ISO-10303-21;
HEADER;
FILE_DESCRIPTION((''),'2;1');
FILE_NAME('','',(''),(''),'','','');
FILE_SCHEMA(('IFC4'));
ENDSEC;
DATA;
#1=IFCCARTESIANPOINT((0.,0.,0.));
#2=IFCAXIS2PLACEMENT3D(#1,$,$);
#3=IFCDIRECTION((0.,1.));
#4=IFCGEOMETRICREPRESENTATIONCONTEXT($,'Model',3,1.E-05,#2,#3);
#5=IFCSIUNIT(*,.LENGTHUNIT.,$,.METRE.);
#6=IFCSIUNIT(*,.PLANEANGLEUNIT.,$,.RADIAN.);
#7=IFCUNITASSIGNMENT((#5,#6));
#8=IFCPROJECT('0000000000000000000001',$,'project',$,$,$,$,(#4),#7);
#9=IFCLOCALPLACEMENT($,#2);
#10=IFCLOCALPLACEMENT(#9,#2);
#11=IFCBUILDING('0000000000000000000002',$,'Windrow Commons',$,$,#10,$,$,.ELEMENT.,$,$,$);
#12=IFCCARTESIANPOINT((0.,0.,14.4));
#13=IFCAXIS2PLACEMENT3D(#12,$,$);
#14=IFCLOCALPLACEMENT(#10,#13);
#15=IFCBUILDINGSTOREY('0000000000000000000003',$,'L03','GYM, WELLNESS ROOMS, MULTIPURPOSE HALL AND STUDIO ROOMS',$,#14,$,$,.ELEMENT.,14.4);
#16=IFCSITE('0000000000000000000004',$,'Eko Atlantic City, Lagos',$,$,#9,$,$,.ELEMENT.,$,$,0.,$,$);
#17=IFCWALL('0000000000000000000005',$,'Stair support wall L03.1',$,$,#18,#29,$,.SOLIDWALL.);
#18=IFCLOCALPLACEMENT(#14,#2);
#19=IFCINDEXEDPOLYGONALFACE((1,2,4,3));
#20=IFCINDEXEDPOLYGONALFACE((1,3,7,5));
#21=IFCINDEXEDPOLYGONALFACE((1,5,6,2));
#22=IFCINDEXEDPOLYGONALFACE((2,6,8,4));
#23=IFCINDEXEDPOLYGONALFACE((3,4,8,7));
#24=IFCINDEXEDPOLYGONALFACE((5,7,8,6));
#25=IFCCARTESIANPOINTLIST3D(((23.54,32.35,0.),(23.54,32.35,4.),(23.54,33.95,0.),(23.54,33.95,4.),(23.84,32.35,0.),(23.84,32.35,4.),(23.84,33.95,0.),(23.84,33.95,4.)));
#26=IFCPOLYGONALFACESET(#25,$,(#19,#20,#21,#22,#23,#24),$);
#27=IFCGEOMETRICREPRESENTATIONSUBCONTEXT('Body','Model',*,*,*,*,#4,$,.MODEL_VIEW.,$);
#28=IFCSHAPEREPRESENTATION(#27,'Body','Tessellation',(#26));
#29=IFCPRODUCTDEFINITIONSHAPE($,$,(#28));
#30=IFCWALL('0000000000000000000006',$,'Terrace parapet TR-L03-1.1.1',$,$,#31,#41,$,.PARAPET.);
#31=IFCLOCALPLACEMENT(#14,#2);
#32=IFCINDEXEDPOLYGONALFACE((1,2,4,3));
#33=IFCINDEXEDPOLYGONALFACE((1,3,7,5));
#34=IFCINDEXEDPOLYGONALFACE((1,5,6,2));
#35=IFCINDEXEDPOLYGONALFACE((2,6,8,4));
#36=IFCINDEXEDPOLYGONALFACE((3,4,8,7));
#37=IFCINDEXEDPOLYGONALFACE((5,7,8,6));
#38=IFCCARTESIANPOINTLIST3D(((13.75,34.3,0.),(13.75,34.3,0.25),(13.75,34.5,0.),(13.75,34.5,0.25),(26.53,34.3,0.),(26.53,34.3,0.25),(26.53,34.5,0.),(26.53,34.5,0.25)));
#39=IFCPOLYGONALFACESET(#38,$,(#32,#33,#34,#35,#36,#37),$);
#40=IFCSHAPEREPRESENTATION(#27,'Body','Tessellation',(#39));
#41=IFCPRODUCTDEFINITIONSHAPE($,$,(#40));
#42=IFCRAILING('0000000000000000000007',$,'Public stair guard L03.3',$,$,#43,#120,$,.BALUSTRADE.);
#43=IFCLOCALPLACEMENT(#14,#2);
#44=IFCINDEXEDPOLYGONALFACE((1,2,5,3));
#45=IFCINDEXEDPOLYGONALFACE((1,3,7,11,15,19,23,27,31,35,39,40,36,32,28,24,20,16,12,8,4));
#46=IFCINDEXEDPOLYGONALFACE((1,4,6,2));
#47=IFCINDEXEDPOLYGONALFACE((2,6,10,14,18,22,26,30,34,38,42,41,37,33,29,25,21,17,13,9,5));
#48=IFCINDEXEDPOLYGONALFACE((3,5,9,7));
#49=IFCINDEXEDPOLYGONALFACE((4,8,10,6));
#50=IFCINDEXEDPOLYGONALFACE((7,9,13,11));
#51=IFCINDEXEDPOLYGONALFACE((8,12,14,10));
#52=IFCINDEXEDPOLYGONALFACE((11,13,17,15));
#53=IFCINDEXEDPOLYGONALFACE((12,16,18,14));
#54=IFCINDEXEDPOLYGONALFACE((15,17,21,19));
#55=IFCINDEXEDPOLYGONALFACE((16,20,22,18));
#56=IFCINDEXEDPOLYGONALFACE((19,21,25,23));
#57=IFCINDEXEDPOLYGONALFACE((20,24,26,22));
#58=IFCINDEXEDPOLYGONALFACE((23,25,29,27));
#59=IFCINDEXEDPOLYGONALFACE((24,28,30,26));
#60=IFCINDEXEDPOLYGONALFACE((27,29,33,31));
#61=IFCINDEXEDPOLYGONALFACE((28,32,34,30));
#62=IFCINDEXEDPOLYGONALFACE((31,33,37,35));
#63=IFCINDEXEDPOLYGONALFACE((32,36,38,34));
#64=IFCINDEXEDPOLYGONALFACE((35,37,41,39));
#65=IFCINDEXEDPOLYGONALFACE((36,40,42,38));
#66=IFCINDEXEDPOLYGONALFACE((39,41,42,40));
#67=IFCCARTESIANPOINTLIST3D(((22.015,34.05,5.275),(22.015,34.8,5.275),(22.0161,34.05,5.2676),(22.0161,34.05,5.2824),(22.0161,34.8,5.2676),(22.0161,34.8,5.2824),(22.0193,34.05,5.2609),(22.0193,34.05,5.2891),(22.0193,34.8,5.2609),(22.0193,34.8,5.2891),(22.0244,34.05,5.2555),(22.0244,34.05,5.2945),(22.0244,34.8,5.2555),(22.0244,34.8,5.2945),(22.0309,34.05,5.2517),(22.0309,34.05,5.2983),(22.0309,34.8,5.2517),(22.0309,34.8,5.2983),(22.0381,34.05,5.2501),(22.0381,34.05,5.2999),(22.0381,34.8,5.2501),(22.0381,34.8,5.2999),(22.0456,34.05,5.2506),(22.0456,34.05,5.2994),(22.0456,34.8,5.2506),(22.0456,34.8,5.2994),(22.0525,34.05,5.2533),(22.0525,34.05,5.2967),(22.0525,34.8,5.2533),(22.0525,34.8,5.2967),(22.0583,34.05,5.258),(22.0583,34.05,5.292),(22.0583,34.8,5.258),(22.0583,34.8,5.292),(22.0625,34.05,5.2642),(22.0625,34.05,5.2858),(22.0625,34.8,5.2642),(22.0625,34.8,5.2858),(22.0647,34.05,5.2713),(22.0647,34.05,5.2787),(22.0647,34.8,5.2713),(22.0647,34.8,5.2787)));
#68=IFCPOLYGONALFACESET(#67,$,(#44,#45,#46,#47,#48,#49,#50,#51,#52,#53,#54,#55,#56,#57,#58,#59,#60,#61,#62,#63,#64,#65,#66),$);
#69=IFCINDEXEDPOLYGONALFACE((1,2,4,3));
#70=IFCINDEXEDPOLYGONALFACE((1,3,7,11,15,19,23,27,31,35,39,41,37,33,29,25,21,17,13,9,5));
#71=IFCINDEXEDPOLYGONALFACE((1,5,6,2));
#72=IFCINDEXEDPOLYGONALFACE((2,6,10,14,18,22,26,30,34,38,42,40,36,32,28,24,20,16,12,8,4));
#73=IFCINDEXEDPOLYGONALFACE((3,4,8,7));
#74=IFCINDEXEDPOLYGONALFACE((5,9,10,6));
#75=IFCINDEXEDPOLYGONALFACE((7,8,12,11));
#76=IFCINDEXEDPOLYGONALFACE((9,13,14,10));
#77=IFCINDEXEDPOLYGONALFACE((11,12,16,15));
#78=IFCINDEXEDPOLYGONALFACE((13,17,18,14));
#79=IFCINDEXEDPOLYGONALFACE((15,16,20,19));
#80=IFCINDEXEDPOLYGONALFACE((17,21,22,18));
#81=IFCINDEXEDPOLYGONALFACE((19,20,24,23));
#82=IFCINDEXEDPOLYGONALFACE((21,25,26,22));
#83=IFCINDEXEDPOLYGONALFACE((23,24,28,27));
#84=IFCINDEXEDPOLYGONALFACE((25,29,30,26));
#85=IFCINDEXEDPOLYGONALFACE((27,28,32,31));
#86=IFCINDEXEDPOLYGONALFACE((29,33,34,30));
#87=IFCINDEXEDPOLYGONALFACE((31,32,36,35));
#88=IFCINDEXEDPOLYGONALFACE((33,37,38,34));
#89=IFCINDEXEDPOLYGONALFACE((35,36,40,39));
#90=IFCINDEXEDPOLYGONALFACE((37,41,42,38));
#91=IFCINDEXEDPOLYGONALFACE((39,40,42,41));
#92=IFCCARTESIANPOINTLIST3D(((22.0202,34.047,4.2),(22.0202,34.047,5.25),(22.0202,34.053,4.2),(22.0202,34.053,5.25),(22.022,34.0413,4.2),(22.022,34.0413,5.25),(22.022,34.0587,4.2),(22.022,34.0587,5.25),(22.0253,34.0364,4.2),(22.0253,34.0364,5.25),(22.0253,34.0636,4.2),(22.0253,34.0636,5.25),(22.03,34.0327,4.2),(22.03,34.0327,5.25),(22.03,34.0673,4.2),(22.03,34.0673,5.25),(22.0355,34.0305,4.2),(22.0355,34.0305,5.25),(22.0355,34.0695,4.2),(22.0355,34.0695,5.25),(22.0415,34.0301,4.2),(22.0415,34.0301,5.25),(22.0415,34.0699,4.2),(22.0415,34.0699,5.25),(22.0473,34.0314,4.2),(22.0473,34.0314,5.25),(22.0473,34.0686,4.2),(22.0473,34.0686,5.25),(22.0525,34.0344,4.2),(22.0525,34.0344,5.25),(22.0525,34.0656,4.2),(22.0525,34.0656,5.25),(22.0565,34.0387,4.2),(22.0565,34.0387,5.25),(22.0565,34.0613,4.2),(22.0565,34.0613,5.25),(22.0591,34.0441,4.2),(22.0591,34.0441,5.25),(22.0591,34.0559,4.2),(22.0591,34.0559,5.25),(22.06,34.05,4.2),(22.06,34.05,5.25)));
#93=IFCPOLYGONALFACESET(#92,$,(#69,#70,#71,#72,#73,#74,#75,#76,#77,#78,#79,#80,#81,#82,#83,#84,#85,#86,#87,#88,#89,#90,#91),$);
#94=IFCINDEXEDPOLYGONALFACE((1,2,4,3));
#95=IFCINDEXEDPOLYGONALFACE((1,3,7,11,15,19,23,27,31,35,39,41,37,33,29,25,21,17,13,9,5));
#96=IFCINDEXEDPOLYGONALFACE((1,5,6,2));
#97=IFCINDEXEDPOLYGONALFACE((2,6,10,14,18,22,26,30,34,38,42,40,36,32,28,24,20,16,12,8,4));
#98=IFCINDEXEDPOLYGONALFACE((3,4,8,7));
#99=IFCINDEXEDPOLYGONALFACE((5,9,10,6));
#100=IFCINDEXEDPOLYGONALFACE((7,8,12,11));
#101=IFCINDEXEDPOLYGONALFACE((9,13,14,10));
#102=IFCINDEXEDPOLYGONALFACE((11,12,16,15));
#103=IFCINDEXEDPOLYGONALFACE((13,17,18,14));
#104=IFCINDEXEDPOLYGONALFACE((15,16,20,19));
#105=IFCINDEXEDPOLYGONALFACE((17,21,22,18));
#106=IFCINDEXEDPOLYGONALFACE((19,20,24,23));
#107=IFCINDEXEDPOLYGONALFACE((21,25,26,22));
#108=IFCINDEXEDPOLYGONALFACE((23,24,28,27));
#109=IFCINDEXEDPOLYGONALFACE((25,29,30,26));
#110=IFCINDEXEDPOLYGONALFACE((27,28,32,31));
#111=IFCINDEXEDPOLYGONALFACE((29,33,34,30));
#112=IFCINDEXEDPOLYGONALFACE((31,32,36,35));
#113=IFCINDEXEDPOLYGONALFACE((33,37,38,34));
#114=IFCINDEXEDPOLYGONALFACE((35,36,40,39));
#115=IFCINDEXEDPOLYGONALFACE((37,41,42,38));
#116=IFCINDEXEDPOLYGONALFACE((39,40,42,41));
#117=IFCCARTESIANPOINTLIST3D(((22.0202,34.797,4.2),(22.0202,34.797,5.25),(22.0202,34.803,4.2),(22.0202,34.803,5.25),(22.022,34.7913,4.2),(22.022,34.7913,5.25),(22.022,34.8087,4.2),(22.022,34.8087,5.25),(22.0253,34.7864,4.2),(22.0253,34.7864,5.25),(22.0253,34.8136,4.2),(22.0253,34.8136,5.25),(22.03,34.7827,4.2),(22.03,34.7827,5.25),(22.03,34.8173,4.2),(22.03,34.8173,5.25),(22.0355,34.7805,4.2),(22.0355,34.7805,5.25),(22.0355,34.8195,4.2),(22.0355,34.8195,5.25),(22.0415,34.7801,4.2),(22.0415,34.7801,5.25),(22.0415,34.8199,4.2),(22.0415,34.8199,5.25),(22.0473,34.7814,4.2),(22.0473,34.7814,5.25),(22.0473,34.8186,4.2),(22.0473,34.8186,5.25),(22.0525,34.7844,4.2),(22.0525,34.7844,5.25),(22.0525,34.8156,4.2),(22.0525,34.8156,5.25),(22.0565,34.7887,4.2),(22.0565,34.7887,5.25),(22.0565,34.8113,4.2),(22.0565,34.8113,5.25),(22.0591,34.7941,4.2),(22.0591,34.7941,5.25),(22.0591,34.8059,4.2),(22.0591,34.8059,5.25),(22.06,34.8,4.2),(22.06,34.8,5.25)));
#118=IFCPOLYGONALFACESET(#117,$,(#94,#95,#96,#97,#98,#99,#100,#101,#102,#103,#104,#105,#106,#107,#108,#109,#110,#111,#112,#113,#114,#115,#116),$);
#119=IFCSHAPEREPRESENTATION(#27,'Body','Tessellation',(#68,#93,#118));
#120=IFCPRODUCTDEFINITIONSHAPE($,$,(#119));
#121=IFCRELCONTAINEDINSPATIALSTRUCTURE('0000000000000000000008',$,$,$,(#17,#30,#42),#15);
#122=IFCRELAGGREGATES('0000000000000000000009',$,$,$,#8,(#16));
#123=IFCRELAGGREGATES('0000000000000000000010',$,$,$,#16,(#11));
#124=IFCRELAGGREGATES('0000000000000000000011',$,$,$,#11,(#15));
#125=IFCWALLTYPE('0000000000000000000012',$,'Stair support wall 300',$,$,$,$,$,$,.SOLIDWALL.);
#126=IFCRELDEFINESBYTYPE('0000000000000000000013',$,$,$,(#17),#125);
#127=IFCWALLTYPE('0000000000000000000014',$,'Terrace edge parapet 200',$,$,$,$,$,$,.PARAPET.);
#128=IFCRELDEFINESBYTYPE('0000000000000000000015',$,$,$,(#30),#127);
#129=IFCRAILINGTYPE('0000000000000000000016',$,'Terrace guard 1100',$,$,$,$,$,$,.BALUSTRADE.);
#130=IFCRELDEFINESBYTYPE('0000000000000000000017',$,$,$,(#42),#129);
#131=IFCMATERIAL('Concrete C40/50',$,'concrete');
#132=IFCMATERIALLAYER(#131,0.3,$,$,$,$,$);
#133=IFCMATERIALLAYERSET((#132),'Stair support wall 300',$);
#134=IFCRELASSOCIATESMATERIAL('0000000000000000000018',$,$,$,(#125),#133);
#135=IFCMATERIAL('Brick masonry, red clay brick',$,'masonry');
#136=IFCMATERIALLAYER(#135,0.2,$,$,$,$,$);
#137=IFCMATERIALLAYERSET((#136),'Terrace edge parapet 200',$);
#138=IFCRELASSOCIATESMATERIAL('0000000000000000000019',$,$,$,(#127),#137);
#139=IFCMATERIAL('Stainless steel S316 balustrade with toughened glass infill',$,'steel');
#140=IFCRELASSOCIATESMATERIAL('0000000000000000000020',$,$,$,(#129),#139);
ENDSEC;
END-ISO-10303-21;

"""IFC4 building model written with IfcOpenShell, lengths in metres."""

from ifc_helpers import new_model, si_unit, direction, frame, frame_2d, origin, origin_2d, place, context, subcontext, project, spatial, polyline, rectangle, circle, outline, extrude, material, layer, layer_set, type_object, element, save


model = new_model("IFC4")

# Units and contexts
model_context = context("Model", 3, precision=1e-05, world=origin(), true_north=direction((0.0, 1.0)))
body_context = subcontext(model_context, "Body", "Model", "MODEL_VIEW")
ifc_project = project(units=[si_unit("LENGTHUNIT", "METRE"), si_unit("PLANEANGLEUNIT", "RADIAN")], contexts=[model_context])

# Site, building, storey
site_placement = place(None, origin())
site = spatial("IfcSite", under=ifc_project, at=site_placement, Name="Eko Atlantic City, Lagos", CompositionType="ELEMENT", RefElevation=0.0)
building_placement = place(site_placement, origin())
building = spatial("IfcBuilding", under=site, at=building_placement, Name="Windrow Commons", CompositionType="ELEMENT")
storey_placement = place(building_placement, frame((0.0, 0.0, 14.4)))
storey = spatial("IfcBuildingStorey", under=building, at=storey_placement, Name="L03", Description="GYM, WELLNESS ROOMS, MULTIPURPOSE HALL AND STUDIO ROOMS", CompositionType="ELEMENT", Elevation=14.4)

# Walls
ifc_material_1 = material(Name="Concrete C40/50", Category="concrete")
ifc_layer_1 = layer(ifc_material_1, 0.3)
ifc_layer_set_1 = layer_set([ifc_layer_1], Name="Stair support wall 300")
wall_type_1 = type_object("IfcWallType", Name="Stair support wall 300", PredefinedType="SOLIDWALL", material=ifc_layer_set_1)
wall_1_placement = place(storey_placement, frame((23.69, 33.95, 0.0), z_axis=(0.0, 0.0, 1.0), x_axis=(0.0, -1.0, 0.0)))
element("IfcWall", 1, at=wall_1_placement, inside=storey, type_object=wall_type_1, Name="Stair support wall L03.1", PredefinedType="SOLIDWALL", context=body_context, shape_type="SweptSolid", body=[
    extrude(rectangle(XDim=1.6, YDim=0.3, at=frame_2d((0.8, 0.0))), origin(), (0.0, 0.0, 1.0), 4.0),
])
ifc_material_2 = material(Name="Brick masonry, red clay brick", Category="masonry")
ifc_layer_2 = layer(ifc_material_2, 0.2)
ifc_layer_set_2 = layer_set([ifc_layer_2], Name="Terrace edge parapet 200")
wall_type_2 = type_object("IfcWallType", Name="Terrace edge parapet 200", PredefinedType="PARAPET", material=ifc_layer_set_2)
wall_2_placement = place(storey_placement, frame((26.53, 34.4, 0.0), z_axis=(0.0, 0.0, 1.0), x_axis=(-1.0, 0.0, 0.0)))
element("IfcWall", 2, at=wall_2_placement, inside=storey, type_object=wall_type_2, Name="Terrace parapet TR-L03-1.1.1", PredefinedType="PARAPET", context=body_context, shape_type="SweptSolid", body=[
    extrude(outline(polyline([(0.0, -0.1), (12.78, -0.1), (12.78, 0.1), (0.0, 0.1), (0.0, -0.1)])), origin(), (0.0, 0.0, 1.0), 0.25),
])

# Railing
ifc_material_3 = material(Name="Stainless steel S316 balustrade with toughened glass infill", Category="steel")
railing_type_1 = type_object("IfcRailingType", Name="Terrace guard 1100", PredefinedType="BALUSTRADE", material=ifc_material_3)
railing_1_placement = place(storey_placement, frame((22.04, 34.05, 4.2)))
element("IfcRailing", 3, at=railing_1_placement, inside=storey, type_object=railing_type_1, Name="Public stair guard L03.3", PredefinedType="BALUSTRADE", context=body_context, shape_type="SweptSolid", body=[
    extrude(circle(Radius=0.025, at=origin_2d()), frame((0.0, 0.0, 1.075), z_axis=(0.0, 1.0, 0.0), x_axis=(-1.0, 0.0, 0.0)), (0.0, 0.0, 1.0), 0.75),
    extrude(circle(Radius=0.02, at=origin_2d()), origin(), (0.0, 0.0, 1.0), 1.05),
    extrude(circle(Radius=0.02, at=origin_2d()), frame((0.0, 0.75, 0.0)), (0.0, 0.0, 1.0), 1.05),
])

save(model, "model.ifc")
